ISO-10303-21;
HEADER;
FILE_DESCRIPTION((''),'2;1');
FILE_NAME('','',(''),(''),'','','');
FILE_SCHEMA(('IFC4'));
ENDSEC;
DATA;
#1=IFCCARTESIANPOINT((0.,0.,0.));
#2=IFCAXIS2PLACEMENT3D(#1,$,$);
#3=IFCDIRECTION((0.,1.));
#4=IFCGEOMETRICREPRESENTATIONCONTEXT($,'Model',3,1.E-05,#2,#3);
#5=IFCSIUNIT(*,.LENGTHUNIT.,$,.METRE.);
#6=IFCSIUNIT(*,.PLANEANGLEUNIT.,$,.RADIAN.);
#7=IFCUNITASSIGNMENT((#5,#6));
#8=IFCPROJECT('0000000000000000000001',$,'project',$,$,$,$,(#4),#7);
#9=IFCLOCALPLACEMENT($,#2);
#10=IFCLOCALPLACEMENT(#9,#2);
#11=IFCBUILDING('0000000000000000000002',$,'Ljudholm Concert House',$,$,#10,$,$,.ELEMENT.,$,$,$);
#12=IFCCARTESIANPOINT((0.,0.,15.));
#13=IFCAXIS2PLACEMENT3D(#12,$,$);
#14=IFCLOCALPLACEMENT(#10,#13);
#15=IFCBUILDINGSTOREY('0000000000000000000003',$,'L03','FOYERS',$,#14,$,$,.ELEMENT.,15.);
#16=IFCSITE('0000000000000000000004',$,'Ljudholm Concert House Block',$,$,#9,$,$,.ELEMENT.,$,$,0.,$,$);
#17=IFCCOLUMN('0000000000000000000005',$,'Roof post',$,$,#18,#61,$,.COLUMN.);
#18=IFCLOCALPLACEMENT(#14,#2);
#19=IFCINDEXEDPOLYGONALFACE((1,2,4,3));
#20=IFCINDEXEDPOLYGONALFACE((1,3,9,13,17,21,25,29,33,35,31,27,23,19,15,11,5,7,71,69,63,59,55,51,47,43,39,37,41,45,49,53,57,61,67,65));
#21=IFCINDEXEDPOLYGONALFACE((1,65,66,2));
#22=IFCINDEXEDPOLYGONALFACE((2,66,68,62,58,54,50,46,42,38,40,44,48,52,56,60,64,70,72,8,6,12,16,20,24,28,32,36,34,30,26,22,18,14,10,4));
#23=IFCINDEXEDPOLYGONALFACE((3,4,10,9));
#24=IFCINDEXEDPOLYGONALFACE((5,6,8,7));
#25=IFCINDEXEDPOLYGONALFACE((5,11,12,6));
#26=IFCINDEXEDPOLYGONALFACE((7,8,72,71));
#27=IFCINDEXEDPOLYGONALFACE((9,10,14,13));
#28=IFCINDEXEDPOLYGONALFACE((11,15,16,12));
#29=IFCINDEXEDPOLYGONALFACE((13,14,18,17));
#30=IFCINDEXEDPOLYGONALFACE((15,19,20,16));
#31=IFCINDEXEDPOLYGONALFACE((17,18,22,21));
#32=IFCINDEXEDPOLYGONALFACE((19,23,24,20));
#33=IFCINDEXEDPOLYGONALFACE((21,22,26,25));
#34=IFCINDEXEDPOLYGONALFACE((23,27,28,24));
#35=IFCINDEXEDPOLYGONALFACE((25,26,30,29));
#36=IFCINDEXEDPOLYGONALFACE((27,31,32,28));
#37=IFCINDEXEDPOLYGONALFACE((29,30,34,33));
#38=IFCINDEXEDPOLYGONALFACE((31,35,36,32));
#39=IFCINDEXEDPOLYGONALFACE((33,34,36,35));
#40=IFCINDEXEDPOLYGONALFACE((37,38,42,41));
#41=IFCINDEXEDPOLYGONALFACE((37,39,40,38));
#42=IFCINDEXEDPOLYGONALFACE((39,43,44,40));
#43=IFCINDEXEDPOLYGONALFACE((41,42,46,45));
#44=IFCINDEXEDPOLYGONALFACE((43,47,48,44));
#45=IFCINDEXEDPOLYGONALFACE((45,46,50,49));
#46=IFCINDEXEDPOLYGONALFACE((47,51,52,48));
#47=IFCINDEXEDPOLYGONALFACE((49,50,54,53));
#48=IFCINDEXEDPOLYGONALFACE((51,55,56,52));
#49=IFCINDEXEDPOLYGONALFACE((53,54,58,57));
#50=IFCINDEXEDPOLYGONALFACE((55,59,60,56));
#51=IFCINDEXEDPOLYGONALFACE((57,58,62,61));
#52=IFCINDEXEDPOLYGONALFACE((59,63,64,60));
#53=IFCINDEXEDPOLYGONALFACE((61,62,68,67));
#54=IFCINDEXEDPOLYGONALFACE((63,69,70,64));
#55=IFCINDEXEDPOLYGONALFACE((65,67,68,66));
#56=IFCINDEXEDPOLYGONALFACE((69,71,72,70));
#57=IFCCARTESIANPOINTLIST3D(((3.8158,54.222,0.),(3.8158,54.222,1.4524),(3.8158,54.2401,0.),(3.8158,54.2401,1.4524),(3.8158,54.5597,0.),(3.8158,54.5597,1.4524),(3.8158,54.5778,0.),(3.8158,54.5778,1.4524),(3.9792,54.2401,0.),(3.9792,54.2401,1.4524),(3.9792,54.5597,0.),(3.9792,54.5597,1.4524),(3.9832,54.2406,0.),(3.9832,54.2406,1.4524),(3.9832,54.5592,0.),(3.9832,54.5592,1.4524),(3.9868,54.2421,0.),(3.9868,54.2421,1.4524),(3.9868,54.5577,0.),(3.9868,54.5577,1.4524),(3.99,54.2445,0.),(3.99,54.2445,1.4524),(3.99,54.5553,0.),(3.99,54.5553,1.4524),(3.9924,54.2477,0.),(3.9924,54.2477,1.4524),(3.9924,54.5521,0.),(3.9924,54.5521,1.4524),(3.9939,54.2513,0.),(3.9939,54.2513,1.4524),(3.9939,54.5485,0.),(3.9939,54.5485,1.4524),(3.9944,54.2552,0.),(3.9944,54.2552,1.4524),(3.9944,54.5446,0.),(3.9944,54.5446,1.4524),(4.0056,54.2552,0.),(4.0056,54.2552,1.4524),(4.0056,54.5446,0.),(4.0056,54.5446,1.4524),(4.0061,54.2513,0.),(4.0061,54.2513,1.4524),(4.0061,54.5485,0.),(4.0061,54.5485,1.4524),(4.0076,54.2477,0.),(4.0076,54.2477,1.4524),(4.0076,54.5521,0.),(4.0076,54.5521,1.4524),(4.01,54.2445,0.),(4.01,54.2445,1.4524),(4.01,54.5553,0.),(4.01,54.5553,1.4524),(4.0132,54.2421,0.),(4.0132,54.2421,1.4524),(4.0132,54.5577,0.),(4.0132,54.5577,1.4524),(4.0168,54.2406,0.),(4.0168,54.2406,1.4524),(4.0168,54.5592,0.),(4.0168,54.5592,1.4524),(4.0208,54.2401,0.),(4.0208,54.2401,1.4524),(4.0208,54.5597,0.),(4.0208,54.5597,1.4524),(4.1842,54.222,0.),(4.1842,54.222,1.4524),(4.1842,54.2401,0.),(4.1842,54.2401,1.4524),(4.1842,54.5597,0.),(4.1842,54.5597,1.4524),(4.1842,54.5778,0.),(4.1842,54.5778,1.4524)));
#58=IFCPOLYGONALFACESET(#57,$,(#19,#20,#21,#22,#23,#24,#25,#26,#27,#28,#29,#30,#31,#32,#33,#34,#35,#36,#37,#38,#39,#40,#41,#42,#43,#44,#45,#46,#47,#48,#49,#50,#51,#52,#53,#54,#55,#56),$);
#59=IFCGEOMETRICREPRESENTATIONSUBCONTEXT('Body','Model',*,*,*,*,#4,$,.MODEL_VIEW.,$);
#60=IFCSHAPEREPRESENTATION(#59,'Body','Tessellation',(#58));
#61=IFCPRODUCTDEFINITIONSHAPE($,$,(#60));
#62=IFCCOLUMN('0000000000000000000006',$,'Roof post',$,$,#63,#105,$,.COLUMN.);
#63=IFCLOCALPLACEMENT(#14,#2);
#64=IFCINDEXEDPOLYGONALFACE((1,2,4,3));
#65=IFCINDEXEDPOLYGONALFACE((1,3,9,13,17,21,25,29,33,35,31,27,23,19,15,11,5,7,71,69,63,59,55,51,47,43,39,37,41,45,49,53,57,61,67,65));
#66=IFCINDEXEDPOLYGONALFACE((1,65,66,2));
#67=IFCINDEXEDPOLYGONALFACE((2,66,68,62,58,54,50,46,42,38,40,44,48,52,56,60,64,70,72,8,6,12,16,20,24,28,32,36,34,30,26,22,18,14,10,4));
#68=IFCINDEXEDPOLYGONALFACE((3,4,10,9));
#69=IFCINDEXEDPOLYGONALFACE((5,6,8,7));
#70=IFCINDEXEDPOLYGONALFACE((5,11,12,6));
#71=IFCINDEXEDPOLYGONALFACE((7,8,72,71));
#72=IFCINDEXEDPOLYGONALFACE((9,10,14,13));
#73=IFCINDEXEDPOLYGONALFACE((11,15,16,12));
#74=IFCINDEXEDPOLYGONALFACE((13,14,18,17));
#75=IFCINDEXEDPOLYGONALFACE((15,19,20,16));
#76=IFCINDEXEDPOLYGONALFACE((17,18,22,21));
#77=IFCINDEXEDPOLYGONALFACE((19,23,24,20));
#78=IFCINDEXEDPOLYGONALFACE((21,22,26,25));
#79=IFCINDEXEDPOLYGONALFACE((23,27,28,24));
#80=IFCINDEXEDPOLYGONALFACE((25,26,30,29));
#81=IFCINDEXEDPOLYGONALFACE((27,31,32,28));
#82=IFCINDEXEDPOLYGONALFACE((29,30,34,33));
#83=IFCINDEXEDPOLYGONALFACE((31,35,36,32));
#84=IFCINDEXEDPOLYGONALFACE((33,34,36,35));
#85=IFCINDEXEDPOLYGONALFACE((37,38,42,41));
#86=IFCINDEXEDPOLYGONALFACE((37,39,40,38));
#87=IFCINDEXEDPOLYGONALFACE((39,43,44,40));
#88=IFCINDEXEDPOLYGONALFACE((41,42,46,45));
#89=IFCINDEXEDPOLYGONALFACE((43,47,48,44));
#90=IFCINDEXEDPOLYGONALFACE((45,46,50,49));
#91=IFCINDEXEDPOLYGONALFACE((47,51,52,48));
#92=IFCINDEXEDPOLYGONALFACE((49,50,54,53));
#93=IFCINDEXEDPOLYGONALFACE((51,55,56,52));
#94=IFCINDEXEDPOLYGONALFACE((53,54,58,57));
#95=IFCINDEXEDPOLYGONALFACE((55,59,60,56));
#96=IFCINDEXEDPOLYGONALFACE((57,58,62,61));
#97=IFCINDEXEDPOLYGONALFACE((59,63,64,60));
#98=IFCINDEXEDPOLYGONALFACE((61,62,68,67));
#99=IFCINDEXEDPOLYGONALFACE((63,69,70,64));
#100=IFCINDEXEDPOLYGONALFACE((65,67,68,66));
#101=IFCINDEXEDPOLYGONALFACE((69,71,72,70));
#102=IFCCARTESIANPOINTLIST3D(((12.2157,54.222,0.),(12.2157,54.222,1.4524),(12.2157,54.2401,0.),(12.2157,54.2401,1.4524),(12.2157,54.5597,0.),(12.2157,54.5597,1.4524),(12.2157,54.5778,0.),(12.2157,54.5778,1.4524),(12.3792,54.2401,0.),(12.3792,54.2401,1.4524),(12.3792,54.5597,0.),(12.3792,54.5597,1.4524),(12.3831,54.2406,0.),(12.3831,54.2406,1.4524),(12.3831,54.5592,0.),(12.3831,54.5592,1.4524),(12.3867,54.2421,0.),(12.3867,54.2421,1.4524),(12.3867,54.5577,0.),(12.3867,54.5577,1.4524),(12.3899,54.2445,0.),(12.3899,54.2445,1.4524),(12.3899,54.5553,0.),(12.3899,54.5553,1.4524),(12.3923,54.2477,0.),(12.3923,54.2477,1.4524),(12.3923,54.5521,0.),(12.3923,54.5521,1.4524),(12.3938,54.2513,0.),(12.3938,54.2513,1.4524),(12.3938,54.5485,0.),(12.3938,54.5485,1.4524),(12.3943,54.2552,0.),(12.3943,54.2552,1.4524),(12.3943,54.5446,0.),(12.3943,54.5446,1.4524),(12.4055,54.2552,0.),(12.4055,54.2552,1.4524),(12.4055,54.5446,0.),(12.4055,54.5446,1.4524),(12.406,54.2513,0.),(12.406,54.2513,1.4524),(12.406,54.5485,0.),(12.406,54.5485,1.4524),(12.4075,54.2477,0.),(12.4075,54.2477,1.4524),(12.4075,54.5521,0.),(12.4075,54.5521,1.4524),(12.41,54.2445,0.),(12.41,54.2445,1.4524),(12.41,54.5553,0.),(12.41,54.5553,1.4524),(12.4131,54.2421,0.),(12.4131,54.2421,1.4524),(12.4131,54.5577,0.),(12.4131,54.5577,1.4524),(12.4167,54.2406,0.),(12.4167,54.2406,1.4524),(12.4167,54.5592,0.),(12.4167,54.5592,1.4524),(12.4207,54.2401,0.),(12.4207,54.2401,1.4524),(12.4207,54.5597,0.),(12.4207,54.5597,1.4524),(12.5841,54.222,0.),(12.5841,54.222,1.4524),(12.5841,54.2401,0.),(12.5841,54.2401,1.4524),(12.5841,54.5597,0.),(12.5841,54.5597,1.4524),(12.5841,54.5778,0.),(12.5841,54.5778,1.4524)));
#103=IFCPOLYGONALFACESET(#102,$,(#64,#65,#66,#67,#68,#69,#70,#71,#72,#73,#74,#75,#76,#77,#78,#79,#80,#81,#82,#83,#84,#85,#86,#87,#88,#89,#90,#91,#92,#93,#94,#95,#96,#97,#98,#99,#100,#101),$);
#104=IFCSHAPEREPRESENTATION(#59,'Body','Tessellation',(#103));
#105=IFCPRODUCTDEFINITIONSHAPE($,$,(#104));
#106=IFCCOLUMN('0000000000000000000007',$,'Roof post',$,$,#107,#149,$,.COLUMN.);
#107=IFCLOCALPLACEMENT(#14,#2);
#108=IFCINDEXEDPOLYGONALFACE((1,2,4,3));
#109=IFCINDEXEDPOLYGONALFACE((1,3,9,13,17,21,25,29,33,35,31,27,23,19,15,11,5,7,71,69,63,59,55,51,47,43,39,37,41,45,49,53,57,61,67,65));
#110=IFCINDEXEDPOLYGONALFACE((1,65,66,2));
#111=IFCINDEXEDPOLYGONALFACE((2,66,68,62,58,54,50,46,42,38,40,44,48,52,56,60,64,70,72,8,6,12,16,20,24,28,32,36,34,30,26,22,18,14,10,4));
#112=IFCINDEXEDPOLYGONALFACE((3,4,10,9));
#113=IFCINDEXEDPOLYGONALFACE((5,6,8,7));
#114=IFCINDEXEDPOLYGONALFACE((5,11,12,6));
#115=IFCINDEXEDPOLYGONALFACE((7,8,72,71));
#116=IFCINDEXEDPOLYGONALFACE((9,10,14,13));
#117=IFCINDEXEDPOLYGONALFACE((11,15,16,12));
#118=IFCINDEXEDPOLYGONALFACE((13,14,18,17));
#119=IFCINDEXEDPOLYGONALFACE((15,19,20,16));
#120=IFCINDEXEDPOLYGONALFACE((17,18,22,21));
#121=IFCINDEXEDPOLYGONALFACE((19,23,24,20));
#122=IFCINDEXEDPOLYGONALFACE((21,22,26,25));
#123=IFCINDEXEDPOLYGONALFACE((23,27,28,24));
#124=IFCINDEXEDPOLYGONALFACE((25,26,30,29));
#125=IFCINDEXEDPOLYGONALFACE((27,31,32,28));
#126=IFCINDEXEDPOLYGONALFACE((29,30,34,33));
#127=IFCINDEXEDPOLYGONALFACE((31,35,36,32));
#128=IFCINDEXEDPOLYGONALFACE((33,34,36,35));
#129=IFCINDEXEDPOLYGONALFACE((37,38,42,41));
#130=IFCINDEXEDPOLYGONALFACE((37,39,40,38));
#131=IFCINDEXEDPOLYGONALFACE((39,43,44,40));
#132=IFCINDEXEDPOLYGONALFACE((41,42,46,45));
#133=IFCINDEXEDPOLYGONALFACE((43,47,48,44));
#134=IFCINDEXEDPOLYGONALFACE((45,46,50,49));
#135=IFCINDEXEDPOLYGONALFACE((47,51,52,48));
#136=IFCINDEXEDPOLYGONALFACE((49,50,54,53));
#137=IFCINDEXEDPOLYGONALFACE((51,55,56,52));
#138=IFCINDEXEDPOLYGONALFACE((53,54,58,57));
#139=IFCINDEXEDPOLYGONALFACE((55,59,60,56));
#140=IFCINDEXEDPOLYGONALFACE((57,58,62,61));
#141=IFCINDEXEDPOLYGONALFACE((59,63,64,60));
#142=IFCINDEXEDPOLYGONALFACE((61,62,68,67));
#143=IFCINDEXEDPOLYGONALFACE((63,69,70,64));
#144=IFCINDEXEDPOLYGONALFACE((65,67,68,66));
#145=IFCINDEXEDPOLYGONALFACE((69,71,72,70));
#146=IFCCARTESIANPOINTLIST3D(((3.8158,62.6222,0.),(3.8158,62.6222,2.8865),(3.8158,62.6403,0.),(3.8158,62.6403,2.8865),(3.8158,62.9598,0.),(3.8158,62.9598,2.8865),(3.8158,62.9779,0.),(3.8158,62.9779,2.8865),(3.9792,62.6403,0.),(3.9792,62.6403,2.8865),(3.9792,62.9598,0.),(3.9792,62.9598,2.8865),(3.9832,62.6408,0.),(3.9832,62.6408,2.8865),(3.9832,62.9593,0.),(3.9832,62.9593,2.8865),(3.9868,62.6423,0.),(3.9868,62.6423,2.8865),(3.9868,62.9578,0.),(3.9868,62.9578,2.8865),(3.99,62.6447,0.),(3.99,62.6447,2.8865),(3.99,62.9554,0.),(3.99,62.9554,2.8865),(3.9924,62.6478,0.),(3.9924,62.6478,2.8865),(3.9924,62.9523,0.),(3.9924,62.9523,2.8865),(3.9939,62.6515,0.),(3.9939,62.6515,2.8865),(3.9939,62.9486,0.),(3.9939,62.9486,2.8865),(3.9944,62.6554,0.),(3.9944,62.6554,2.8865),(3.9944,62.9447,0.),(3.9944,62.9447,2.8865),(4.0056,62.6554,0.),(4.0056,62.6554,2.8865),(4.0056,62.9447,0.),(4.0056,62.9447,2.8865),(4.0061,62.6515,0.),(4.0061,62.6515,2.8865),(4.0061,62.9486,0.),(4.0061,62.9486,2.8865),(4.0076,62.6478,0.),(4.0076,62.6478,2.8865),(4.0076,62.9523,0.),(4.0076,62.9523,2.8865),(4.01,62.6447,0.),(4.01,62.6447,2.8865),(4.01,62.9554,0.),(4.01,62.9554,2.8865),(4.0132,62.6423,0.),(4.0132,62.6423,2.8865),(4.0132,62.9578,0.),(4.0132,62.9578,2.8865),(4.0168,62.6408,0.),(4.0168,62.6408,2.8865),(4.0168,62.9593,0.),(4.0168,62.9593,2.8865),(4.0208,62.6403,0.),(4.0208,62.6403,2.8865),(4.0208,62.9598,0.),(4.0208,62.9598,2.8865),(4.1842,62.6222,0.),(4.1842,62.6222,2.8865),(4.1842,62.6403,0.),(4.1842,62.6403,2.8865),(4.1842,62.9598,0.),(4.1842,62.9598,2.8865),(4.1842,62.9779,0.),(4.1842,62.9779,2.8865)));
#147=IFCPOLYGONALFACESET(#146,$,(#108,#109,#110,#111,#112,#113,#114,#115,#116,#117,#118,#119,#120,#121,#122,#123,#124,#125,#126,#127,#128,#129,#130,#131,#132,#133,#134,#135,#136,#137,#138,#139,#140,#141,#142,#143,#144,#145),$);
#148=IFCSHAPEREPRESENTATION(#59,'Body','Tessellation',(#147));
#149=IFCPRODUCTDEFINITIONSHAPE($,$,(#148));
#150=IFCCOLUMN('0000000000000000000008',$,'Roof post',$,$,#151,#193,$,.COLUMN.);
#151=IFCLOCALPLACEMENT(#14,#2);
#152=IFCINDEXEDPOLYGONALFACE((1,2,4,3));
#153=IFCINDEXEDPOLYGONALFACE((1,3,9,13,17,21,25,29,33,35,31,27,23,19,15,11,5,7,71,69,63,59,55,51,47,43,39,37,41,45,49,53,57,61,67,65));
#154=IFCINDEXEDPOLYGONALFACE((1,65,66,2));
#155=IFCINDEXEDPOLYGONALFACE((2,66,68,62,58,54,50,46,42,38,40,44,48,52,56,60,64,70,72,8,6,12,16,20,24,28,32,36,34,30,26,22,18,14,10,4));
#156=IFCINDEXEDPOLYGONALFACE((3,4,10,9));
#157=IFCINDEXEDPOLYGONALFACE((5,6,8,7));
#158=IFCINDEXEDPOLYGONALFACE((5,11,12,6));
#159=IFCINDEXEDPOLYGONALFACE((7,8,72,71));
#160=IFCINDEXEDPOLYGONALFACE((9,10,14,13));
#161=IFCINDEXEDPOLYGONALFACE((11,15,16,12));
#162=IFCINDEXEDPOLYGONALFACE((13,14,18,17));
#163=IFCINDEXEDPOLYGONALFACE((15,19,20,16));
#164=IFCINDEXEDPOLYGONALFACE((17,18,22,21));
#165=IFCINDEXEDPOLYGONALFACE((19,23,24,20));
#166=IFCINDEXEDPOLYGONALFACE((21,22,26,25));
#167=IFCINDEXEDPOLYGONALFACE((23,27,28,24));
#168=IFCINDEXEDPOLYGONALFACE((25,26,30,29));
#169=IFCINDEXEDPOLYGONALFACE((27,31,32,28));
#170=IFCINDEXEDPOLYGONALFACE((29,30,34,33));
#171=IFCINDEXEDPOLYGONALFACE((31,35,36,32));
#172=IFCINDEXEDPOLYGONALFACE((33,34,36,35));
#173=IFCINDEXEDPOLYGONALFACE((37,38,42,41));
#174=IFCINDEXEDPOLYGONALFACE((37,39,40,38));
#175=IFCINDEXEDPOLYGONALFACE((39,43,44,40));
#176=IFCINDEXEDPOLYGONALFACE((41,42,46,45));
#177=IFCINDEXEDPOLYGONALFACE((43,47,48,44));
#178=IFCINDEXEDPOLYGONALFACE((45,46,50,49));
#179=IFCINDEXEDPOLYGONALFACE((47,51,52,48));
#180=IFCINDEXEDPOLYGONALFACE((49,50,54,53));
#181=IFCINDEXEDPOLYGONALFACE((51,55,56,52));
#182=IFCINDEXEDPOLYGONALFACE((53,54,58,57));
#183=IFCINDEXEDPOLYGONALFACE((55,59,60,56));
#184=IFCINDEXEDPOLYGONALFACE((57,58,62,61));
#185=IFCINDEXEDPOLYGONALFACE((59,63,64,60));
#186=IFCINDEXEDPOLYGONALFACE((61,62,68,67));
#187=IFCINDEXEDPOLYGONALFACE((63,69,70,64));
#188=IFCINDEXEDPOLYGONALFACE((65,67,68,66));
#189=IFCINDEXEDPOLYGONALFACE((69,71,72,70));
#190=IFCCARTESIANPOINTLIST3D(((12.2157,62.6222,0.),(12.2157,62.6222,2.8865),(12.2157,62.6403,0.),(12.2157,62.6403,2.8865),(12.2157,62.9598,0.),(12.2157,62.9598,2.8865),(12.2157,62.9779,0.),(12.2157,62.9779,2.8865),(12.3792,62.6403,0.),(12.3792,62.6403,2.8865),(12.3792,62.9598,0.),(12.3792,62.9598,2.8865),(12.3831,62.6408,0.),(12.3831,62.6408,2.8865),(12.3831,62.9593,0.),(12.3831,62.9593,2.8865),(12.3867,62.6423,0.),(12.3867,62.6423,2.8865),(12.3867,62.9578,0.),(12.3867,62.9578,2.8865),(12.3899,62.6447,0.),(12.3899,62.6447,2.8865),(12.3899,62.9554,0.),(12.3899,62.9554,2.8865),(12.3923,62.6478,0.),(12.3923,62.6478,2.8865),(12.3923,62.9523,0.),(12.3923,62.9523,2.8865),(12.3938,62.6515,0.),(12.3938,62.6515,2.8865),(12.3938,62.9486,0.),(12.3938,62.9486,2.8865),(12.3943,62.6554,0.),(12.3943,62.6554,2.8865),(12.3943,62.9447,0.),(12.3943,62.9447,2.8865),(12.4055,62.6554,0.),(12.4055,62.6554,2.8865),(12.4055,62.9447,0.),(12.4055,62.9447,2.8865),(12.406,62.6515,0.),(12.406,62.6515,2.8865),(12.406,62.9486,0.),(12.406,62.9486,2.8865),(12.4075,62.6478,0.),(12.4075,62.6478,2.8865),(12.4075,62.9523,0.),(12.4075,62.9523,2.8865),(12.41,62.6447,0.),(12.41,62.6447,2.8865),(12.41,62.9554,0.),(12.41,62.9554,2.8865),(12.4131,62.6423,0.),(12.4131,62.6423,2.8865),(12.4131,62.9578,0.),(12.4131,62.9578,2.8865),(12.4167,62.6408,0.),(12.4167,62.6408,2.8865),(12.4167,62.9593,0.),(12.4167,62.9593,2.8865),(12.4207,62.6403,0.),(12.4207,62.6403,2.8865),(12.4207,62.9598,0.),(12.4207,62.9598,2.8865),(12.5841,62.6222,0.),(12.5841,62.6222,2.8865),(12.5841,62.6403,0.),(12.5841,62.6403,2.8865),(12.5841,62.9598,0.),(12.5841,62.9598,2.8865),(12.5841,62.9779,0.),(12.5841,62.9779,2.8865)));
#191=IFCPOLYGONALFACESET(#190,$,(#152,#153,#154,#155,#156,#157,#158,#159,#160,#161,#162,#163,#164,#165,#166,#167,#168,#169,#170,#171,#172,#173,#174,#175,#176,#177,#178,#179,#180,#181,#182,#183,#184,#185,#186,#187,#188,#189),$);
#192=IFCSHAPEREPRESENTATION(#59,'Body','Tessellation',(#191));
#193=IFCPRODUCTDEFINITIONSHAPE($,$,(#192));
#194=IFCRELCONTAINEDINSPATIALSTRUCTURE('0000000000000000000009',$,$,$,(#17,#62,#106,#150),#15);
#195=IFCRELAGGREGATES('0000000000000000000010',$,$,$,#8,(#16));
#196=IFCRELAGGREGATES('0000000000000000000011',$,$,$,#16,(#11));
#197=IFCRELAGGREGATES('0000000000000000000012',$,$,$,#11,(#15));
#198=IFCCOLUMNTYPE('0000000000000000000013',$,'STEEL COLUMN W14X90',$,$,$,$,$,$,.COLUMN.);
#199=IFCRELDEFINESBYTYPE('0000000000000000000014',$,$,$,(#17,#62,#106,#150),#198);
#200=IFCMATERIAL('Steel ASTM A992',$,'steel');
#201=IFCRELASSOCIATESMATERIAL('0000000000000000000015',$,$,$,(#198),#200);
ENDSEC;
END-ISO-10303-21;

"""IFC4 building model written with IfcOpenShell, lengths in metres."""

from ifc_helpers import new_model, si_unit, direction, frame, origin, origin_2d, place, context, subcontext, project, spatial, i_section, extrude, material, material_profile, profile_set, type_object, element, save


model = new_model("IFC4")

# Units and contexts
model_context = context("Model", 3, precision=1e-05, world=origin(), true_north=direction((0.0, 1.0)))
body_context = subcontext(model_context, "Body", "Model", "MODEL_VIEW")
ifc_project = project(units=[si_unit("LENGTHUNIT", "METRE"), si_unit("PLANEANGLEUNIT", "RADIAN")], contexts=[model_context])

# Site, building, storey
site_placement = place(None, origin())
site = spatial("IfcSite", under=ifc_project, at=site_placement, Name="Ljudholm Concert House Block", CompositionType="ELEMENT", RefElevation=0.0)
building_placement = place(site_placement, origin())
building = spatial("IfcBuilding", under=site, at=building_placement, Name="Ljudholm Concert House", CompositionType="ELEMENT")
storey_placement = place(building_placement, frame((0.0, 0.0, 15.0)))
storey = spatial("IfcBuildingStorey", under=building, at=storey_placement, Name="L03", Description="FOYERS", CompositionType="ELEMENT", Elevation=15.0)

# Columns
ifc_material_1 = material(Name="Steel ASTM A992", Category="steel")
ifc_material_profile_1 = material_profile(ifc_material_1, i_section(OverallWidth=0.3684, OverallDepth=0.3557, WebThickness=0.0112, FlangeThickness=0.0181, FilletRadius=0.0151, at=origin_2d()), Name="W14X90")
ifc_profile_set_1 = profile_set([ifc_material_profile_1], Name="Steel ASTM A992")
column_type = type_object("IfcColumnType", Name="STEEL COLUMN W14X90", PredefinedType="COLUMN", material=ifc_profile_set_1)
for number, where, z_axis, x_axis, name in (
    (1, (4.0, 54.3999, 0.0), (0.0, 0.0, 1.0), (1.0, 0.0, 0.0), "Roof post"),
    (2, (12.3999, 54.3999, 0.0), (0.0, 0.0, 1.0), (1.0, 0.0, 0.0), "Roof post"),
):
    element("IfcColumn", number, at=place(storey_placement, frame(where, z_axis=z_axis, x_axis=x_axis)), inside=storey, type_object=column_type, Name=name, PredefinedType="COLUMN", context=body_context, shape_type="SweptSolid", body=[
        extrude(i_section(OverallWidth=0.3684, OverallDepth=0.3557, WebThickness=0.0112, FlangeThickness=0.0181, FilletRadius=0.0151, at=origin_2d()), origin(), (0.0, 0.0, 1.0), 1.4524),
    ])
for number, where, z_axis, x_axis, name in (
    (3, (4.0, 62.8, 0.0), (0.0, 0.0, 1.0), (1.0, 0.0, 0.0), "Roof post"),
    (4, (12.3999, 62.8, 0.0), (0.0, 0.0, 1.0), (1.0, 0.0, 0.0), "Roof post"),
):
    element("IfcColumn", number, at=place(storey_placement, frame(where, z_axis=z_axis, x_axis=x_axis)), inside=storey, type_object=column_type, Name=name, PredefinedType="COLUMN", context=body_context, shape_type="SweptSolid", body=[
        extrude(i_section(OverallWidth=0.3684, OverallDepth=0.3557, WebThickness=0.0112, FlangeThickness=0.0181, FilletRadius=0.0151, at=origin_2d()), origin(), (0.0, 0.0, 1.0), 2.8865),
    ])

save(model, "model.ifc")
